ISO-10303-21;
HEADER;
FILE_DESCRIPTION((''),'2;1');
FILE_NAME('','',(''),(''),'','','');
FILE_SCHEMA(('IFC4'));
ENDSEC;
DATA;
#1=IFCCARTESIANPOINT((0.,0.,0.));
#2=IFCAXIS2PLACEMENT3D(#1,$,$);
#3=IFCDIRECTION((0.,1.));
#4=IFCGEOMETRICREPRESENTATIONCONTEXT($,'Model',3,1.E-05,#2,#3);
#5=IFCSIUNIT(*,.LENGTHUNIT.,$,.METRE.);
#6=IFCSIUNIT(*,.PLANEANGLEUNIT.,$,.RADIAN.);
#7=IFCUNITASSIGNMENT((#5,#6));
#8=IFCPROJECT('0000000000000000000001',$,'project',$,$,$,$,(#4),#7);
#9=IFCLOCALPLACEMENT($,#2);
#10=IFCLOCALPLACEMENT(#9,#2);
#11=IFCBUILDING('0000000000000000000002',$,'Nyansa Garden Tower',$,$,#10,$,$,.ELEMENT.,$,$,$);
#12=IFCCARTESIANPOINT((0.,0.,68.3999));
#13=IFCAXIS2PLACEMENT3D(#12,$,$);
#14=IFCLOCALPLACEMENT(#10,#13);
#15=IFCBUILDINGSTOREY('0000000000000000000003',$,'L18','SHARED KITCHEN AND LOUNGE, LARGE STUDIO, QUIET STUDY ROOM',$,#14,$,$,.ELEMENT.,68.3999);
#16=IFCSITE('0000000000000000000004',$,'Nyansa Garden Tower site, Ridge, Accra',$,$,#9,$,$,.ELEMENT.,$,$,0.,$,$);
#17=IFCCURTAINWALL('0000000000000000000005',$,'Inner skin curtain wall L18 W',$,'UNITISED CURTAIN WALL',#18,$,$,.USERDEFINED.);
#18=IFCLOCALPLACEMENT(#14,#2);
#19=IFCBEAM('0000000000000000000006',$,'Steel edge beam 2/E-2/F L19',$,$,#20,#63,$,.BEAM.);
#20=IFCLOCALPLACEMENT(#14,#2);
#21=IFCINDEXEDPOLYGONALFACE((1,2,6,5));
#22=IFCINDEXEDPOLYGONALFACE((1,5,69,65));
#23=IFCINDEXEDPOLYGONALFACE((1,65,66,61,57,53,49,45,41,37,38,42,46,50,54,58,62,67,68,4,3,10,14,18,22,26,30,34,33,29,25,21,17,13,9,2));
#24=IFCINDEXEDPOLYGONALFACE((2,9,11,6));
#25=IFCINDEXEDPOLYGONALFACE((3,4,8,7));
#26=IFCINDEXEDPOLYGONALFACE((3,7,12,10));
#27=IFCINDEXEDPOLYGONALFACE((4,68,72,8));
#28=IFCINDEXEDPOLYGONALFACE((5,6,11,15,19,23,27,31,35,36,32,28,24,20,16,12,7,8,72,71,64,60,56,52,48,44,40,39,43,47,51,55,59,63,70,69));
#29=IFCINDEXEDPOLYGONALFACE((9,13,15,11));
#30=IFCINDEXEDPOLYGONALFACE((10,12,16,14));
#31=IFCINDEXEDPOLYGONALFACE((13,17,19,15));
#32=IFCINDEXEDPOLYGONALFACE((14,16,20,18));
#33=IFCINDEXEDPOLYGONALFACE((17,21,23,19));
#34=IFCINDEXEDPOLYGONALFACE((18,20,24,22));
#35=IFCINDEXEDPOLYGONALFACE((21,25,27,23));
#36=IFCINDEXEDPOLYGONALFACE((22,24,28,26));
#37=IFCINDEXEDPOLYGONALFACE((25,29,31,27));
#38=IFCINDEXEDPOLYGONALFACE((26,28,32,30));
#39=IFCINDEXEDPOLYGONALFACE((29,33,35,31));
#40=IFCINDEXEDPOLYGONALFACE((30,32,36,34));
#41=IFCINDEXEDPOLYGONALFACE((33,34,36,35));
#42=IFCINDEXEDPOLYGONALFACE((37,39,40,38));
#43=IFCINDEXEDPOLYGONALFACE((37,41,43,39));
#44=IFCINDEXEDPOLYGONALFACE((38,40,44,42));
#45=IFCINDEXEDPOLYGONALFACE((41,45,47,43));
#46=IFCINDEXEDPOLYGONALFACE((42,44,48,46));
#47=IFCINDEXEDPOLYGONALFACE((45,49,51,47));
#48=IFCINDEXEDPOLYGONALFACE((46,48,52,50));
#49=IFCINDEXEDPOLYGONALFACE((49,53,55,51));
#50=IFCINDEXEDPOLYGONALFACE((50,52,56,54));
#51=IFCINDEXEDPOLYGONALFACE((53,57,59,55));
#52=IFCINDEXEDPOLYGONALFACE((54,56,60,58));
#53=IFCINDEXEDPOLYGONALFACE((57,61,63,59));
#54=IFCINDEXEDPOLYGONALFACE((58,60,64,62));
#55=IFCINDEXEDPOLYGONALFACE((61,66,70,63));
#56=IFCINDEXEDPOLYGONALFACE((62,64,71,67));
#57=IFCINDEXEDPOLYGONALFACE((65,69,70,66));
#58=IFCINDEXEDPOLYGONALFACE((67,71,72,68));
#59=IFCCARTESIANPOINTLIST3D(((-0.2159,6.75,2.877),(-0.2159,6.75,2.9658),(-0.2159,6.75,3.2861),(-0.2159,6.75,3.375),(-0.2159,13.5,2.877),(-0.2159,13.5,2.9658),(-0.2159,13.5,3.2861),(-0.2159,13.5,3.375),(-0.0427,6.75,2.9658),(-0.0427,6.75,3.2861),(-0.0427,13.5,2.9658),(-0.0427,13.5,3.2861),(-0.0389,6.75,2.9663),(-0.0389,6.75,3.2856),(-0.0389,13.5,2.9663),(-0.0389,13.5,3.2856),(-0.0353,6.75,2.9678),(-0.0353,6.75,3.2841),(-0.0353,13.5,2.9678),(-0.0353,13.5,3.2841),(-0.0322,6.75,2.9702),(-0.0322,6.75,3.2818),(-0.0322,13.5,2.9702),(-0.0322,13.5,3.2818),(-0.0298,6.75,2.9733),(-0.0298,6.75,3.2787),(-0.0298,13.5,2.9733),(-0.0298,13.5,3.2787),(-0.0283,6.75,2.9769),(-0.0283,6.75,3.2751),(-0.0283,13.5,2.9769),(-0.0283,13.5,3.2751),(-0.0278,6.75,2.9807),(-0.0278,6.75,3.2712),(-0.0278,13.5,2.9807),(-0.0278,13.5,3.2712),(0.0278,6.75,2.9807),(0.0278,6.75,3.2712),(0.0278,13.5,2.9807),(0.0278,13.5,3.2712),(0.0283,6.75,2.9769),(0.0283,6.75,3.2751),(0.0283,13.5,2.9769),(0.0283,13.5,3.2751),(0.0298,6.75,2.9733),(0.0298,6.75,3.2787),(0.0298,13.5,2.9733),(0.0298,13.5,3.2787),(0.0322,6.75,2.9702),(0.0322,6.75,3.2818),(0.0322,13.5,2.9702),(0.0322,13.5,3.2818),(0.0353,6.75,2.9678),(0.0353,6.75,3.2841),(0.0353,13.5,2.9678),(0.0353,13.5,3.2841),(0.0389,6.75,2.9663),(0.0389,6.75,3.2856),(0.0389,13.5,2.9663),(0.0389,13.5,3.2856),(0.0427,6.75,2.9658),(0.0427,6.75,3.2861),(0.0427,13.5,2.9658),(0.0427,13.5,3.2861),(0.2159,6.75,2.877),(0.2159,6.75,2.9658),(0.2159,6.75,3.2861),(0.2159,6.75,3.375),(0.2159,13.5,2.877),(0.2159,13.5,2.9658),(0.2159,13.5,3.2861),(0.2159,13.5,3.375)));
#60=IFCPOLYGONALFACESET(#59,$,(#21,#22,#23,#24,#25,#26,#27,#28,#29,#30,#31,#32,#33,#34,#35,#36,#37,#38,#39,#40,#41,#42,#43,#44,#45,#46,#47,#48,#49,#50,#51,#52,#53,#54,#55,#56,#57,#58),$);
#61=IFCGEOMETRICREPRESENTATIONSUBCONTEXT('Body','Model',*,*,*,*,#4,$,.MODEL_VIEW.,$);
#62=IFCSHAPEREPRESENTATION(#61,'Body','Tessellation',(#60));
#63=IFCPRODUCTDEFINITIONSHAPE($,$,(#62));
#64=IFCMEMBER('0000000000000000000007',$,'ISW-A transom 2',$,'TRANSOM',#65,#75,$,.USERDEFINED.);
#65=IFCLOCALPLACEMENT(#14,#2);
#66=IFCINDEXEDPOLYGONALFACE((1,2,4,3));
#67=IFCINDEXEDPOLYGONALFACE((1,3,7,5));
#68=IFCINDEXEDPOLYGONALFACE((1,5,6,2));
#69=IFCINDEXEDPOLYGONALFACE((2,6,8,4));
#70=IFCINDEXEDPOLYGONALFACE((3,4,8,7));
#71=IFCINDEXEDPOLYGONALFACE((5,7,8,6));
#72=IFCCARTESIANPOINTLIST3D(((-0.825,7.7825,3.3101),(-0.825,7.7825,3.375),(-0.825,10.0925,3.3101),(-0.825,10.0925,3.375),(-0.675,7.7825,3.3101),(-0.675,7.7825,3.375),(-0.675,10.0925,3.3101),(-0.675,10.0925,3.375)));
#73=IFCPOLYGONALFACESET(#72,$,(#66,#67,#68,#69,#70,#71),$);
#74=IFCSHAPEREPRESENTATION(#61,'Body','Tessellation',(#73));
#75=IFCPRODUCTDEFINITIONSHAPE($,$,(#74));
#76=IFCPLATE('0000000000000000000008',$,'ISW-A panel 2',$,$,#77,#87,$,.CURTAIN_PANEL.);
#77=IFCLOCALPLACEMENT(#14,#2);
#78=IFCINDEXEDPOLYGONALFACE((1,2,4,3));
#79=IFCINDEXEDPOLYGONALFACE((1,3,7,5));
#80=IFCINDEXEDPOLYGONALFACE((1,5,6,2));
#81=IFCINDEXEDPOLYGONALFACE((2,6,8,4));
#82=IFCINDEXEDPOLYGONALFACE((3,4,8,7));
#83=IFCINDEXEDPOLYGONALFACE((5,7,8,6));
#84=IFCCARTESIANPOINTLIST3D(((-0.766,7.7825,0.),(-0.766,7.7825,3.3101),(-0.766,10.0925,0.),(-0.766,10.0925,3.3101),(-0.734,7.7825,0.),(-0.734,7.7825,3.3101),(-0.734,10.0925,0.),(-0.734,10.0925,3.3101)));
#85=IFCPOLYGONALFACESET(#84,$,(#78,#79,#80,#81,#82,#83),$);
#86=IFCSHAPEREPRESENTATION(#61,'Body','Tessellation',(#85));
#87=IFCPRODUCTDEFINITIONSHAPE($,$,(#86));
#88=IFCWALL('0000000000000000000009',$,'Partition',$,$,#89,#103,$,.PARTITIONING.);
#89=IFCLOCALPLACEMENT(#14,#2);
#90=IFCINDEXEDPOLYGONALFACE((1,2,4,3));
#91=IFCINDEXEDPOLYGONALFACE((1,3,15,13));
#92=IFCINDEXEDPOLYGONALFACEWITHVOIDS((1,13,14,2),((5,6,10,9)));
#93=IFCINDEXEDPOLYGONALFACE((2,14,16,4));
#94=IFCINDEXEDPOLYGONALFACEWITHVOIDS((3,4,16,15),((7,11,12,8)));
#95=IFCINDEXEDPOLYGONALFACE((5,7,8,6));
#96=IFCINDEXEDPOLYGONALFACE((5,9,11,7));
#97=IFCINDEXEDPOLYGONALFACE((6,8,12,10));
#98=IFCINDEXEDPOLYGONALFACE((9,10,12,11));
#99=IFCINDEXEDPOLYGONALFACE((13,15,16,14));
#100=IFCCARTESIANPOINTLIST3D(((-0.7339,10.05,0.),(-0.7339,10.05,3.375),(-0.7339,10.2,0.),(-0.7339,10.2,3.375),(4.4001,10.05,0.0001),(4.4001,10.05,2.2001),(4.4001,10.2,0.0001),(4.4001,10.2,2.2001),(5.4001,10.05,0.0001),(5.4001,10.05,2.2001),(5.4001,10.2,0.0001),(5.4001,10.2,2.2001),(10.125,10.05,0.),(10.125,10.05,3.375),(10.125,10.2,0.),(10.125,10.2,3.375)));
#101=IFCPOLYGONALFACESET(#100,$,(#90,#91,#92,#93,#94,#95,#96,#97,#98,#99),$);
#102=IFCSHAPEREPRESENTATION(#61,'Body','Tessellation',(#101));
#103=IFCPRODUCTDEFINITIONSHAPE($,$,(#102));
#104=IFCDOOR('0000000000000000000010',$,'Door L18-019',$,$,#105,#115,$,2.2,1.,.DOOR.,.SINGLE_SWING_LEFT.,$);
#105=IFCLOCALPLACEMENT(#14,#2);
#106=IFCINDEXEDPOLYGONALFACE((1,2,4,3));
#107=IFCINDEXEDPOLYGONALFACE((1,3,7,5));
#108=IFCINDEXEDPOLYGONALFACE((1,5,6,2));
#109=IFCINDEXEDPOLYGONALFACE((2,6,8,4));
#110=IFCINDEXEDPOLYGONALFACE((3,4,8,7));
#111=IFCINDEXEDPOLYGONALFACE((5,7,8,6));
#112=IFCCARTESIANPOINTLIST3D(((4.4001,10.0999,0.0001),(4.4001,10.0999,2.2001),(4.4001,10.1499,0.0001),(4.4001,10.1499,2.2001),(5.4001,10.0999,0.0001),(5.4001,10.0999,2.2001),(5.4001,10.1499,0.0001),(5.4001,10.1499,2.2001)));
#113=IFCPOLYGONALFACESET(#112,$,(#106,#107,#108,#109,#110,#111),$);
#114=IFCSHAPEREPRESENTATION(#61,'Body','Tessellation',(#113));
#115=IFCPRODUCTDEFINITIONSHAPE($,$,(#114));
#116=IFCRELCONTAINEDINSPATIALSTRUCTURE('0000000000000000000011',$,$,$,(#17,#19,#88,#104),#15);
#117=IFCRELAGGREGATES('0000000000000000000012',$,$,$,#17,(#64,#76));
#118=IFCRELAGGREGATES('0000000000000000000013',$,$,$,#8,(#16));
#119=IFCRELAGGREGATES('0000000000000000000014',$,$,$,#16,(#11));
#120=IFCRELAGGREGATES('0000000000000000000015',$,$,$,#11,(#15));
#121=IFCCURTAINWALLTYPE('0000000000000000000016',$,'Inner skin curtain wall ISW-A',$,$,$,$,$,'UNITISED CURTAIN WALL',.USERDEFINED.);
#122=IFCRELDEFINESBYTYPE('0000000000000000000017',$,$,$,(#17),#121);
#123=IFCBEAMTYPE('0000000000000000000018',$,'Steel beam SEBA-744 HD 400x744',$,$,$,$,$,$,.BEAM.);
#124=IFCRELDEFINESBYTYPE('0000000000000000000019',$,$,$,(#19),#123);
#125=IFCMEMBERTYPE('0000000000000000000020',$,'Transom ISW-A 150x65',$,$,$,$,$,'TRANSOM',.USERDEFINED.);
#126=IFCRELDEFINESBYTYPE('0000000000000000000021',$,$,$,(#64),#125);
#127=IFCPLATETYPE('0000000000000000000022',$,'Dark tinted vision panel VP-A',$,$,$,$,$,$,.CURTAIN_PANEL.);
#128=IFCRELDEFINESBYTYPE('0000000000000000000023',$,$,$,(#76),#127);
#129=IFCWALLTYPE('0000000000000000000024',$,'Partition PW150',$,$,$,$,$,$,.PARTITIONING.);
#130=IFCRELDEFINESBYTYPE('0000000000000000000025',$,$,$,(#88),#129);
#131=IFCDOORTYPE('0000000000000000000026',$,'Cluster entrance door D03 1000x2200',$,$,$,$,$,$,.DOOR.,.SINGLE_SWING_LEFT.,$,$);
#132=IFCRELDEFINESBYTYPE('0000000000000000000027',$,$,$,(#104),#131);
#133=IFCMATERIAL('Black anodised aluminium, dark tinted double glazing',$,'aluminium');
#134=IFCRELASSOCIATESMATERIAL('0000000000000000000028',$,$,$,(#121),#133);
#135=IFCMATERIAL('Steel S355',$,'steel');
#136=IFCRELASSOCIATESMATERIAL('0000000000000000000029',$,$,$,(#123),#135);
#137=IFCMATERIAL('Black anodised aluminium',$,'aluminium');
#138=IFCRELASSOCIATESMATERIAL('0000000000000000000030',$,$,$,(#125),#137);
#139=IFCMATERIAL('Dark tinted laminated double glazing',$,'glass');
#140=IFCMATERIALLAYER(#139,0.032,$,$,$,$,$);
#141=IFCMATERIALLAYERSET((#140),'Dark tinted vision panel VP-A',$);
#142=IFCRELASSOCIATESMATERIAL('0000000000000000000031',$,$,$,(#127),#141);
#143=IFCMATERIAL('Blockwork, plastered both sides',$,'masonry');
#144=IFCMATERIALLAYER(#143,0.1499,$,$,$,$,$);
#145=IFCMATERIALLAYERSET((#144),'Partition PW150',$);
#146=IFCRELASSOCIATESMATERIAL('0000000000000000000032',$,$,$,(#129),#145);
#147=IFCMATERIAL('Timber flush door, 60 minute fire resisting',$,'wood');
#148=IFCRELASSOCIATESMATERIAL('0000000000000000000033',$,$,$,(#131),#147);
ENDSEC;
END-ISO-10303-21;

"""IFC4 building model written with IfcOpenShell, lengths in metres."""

from ifc_helpers import new_model, si_unit, direction, frame, frame_2d, origin, origin_2d, place, context, subcontext, project, spatial, rectangle, i_section, extrude, material, layer, layer_set, material_profile, profile_set, type_object, element, fill, aggregate, save


model = new_model("IFC4")

# Units and contexts
model_context = context("Model", 3, precision=1e-05, world=origin(), true_north=direction((0.0, 1.0)))
body_context = subcontext(model_context, "Body", "Model", "MODEL_VIEW")
ifc_project = project(units=[si_unit("LENGTHUNIT", "METRE"), si_unit("PLANEANGLEUNIT", "RADIAN")], contexts=[model_context])

# Site, building, storey
site_placement = place(None, origin())
site = spatial("IfcSite", under=ifc_project, at=site_placement, Name="Nyansa Garden Tower site, Ridge, Accra", CompositionType="ELEMENT", RefElevation=0.0)
building_placement = place(site_placement, origin())
building = spatial("IfcBuilding", under=site, at=building_placement, Name="Nyansa Garden Tower", CompositionType="ELEMENT")
storey_placement = place(building_placement, frame((0.0, 0.0, 68.3999)))
storey = spatial("IfcBuildingStorey", under=building, at=storey_placement, Name="L18", Description="SHARED KITCHEN AND LOUNGE, LARGE STUDIO, QUIET STUDY ROOM", CompositionType="ELEMENT", Elevation=68.3999)

# Curtain wall
ifc_material_1 = material(Name="Black anodised aluminium, dark tinted double glazing", Category="aluminium")
curtain_wall_type = type_object("IfcCurtainWallType", Name="Inner skin curtain wall ISW-A", ElementType="UNITISED CURTAIN WALL", PredefinedType="USERDEFINED", material=ifc_material_1)
curtain_wall_placement = place(storey_placement, origin())
curtain_wall = element("IfcCurtainWall", 1, at=curtain_wall_placement, inside=storey, type_object=curtain_wall_type, Name="Inner skin curtain wall L18 W", ObjectType="UNITISED CURTAIN WALL", PredefinedType="USERDEFINED")

# Beam
ifc_material_2 = material(Name="Steel S355", Category="steel")
ifc_material_profile_1 = material_profile(ifc_material_2, i_section(OverallWidth=0.4319, OverallDepth=0.498, WebThickness=0.0557, FlangeThickness=0.0889, FilletRadius=0.0149, at=origin_2d()), Name="HD 400x744")
ifc_profile_set_1 = profile_set([ifc_material_profile_1], Name="Steel S355")
beam_type_1 = type_object("IfcBeamType", Name="Steel beam SEBA-744 HD 400x744", PredefinedType="BEAM", material=ifc_profile_set_1)
beam_placement = place(storey_placement, frame((0.0, 6.75, 3.126), z_axis=(0.0, 1.0, 0.0), x_axis=(-1.0, 0.0, 0.0)))
element("IfcBeam", 2, at=beam_placement, inside=storey, type_object=beam_type_1, Name="Steel edge beam 2/E-2/F L19", PredefinedType="BEAM", context=body_context, shape_type="SweptSolid", body=[
    extrude(i_section(OverallWidth=0.4319, OverallDepth=0.498, WebThickness=0.0557, FlangeThickness=0.0889, FilletRadius=0.0149, at=origin_2d()), origin(), (0.0, 0.0, 1.0), 6.75),
])

# Member
ifc_material_3 = material(Name="Black anodised aluminium", Category="aluminium")
ifc_material_profile_2 = material_profile(ifc_material_3, rectangle(XDim=0.1499, YDim=0.0649, at=origin_2d()), Name="Transom 150x65")
ifc_profile_set_2 = profile_set([ifc_material_profile_2], Name="Black anodised aluminium")
member_type_1 = type_object("IfcMemberType", Name="Transom ISW-A 150x65", ElementType="TRANSOM", PredefinedType="USERDEFINED", material=ifc_profile_set_2)
member_1_placement = place(storey_placement, frame((-0.75, 10.0925, 3.3425), z_axis=(0.0, -1.0, 0.0), x_axis=(1.0, 0.0, 0.0)))
member_1 = element("IfcMember", 3, at=member_1_placement, type_object=member_type_1, Name="ISW-A transom 2", ObjectType="TRANSOM", PredefinedType="USERDEFINED", context=body_context, shape_type="SweptSolid", body=[
    extrude(rectangle(XDim=0.1499, YDim=0.0649, at=origin_2d()), origin(), (0.0, 0.0, 1.0), 2.3101),
])

# Plate
ifc_material_4 = material(Name="Dark tinted laminated double glazing", Category="glass")
ifc_layer_1 = layer(ifc_material_4, 0.032)
ifc_layer_set_1 = layer_set([ifc_layer_1], Name="Dark tinted vision panel VP-A")
plate_type = type_object("IfcPlateType", Name="Dark tinted vision panel VP-A", PredefinedType="CURTAIN_PANEL", material=ifc_layer_set_1)
plate_placement = place(storey_placement, frame((-0.75, 8.9375, 0.0), z_axis=(0.0, 0.0, 1.0), x_axis=(0.0, -1.0, 0.0)))
plate = element("IfcPlate", 4, at=plate_placement, type_object=plate_type, Name="ISW-A panel 2", PredefinedType="CURTAIN_PANEL", context=body_context, shape_type="SweptSolid", body=[
    extrude(rectangle(XDim=2.3101, YDim=0.032, at=origin_2d()), origin(), (0.0, 0.0, 1.0), 3.3101),
])
aggregate(curtain_wall, [member_1, plate])

# Wall, opening, door
ifc_material_5 = material(Name="Blockwork, plastered both sides", Category="masonry")
ifc_layer_2 = layer(ifc_material_5, 0.1499)
ifc_layer_set_2 = layer_set([ifc_layer_2], Name="Partition PW150")
wall_type_1 = type_object("IfcWallType", Name="Partition PW150", PredefinedType="PARTITIONING", material=ifc_layer_set_2)
wall_1_placement = place(storey_placement, frame((-0.7339, 10.125, 0.0), z_axis=(0.0, 0.0, 1.0), x_axis=(1.0, 0.0, 0.0)))
wall_1 = element("IfcWall", 5, at=wall_1_placement, inside=storey, type_object=wall_type_1, Name="Partition", PredefinedType="PARTITIONING", context=body_context, shape_type="SweptSolid", body=[
    extrude(rectangle(XDim=10.8589, YDim=0.1499, at=frame_2d((5.4294, 0.0))), origin(), (0.0, 0.0, 1.0), 3.375),
])
opening_1_placement = place(wall_1_placement, frame((5.134, 0.0, 0.0)))
opening_1 = element("IfcOpeningElement", 6, at=opening_1_placement, cuts=wall_1, PredefinedType="OPENING", context=body_context, shape_type="SweptSolid", body=[
    extrude(rectangle(XDim=1.0, YDim=2.2, at=frame_2d((0.5, 1.1001))), frame((0.0, 0.085, 0.0), z_axis=(0.0, -1.0, 0.0), x_axis=(1.0, 0.0, 0.0)), (0.0, 0.0, 1.0), 0.1699),
])
ifc_material_6 = material(Name="Timber flush door, 60 minute fire resisting", Category="wood")
door_type_1 = type_object("IfcDoorType", Name="Cluster entrance door D03 1000x2200", OperationType="SINGLE_SWING_LEFT", PredefinedType="DOOR", material=ifc_material_6)
door_1_placement = place(opening_1_placement, origin())
door_1 = element("IfcDoor", 7, at=door_1_placement, inside=storey, type_object=door_type_1, Name="Door L18-019", OperationType="SINGLE_SWING_LEFT", OverallHeight=2.2, OverallWidth=1.0, PredefinedType="DOOR", context=body_context, shape_type="SweptSolid", body=[
    extrude(rectangle(XDim=1.0, YDim=2.2, at=frame_2d((0.5, 1.1001))), frame((0.0, 0.0249, 0.0), z_axis=(0.0, -1.0, 0.0), x_axis=(1.0, 0.0, 0.0)), (0.0, 0.0, 1.0), 0.05),
])
fill(opening_1, door_1)

save(model, "model.ifc")
